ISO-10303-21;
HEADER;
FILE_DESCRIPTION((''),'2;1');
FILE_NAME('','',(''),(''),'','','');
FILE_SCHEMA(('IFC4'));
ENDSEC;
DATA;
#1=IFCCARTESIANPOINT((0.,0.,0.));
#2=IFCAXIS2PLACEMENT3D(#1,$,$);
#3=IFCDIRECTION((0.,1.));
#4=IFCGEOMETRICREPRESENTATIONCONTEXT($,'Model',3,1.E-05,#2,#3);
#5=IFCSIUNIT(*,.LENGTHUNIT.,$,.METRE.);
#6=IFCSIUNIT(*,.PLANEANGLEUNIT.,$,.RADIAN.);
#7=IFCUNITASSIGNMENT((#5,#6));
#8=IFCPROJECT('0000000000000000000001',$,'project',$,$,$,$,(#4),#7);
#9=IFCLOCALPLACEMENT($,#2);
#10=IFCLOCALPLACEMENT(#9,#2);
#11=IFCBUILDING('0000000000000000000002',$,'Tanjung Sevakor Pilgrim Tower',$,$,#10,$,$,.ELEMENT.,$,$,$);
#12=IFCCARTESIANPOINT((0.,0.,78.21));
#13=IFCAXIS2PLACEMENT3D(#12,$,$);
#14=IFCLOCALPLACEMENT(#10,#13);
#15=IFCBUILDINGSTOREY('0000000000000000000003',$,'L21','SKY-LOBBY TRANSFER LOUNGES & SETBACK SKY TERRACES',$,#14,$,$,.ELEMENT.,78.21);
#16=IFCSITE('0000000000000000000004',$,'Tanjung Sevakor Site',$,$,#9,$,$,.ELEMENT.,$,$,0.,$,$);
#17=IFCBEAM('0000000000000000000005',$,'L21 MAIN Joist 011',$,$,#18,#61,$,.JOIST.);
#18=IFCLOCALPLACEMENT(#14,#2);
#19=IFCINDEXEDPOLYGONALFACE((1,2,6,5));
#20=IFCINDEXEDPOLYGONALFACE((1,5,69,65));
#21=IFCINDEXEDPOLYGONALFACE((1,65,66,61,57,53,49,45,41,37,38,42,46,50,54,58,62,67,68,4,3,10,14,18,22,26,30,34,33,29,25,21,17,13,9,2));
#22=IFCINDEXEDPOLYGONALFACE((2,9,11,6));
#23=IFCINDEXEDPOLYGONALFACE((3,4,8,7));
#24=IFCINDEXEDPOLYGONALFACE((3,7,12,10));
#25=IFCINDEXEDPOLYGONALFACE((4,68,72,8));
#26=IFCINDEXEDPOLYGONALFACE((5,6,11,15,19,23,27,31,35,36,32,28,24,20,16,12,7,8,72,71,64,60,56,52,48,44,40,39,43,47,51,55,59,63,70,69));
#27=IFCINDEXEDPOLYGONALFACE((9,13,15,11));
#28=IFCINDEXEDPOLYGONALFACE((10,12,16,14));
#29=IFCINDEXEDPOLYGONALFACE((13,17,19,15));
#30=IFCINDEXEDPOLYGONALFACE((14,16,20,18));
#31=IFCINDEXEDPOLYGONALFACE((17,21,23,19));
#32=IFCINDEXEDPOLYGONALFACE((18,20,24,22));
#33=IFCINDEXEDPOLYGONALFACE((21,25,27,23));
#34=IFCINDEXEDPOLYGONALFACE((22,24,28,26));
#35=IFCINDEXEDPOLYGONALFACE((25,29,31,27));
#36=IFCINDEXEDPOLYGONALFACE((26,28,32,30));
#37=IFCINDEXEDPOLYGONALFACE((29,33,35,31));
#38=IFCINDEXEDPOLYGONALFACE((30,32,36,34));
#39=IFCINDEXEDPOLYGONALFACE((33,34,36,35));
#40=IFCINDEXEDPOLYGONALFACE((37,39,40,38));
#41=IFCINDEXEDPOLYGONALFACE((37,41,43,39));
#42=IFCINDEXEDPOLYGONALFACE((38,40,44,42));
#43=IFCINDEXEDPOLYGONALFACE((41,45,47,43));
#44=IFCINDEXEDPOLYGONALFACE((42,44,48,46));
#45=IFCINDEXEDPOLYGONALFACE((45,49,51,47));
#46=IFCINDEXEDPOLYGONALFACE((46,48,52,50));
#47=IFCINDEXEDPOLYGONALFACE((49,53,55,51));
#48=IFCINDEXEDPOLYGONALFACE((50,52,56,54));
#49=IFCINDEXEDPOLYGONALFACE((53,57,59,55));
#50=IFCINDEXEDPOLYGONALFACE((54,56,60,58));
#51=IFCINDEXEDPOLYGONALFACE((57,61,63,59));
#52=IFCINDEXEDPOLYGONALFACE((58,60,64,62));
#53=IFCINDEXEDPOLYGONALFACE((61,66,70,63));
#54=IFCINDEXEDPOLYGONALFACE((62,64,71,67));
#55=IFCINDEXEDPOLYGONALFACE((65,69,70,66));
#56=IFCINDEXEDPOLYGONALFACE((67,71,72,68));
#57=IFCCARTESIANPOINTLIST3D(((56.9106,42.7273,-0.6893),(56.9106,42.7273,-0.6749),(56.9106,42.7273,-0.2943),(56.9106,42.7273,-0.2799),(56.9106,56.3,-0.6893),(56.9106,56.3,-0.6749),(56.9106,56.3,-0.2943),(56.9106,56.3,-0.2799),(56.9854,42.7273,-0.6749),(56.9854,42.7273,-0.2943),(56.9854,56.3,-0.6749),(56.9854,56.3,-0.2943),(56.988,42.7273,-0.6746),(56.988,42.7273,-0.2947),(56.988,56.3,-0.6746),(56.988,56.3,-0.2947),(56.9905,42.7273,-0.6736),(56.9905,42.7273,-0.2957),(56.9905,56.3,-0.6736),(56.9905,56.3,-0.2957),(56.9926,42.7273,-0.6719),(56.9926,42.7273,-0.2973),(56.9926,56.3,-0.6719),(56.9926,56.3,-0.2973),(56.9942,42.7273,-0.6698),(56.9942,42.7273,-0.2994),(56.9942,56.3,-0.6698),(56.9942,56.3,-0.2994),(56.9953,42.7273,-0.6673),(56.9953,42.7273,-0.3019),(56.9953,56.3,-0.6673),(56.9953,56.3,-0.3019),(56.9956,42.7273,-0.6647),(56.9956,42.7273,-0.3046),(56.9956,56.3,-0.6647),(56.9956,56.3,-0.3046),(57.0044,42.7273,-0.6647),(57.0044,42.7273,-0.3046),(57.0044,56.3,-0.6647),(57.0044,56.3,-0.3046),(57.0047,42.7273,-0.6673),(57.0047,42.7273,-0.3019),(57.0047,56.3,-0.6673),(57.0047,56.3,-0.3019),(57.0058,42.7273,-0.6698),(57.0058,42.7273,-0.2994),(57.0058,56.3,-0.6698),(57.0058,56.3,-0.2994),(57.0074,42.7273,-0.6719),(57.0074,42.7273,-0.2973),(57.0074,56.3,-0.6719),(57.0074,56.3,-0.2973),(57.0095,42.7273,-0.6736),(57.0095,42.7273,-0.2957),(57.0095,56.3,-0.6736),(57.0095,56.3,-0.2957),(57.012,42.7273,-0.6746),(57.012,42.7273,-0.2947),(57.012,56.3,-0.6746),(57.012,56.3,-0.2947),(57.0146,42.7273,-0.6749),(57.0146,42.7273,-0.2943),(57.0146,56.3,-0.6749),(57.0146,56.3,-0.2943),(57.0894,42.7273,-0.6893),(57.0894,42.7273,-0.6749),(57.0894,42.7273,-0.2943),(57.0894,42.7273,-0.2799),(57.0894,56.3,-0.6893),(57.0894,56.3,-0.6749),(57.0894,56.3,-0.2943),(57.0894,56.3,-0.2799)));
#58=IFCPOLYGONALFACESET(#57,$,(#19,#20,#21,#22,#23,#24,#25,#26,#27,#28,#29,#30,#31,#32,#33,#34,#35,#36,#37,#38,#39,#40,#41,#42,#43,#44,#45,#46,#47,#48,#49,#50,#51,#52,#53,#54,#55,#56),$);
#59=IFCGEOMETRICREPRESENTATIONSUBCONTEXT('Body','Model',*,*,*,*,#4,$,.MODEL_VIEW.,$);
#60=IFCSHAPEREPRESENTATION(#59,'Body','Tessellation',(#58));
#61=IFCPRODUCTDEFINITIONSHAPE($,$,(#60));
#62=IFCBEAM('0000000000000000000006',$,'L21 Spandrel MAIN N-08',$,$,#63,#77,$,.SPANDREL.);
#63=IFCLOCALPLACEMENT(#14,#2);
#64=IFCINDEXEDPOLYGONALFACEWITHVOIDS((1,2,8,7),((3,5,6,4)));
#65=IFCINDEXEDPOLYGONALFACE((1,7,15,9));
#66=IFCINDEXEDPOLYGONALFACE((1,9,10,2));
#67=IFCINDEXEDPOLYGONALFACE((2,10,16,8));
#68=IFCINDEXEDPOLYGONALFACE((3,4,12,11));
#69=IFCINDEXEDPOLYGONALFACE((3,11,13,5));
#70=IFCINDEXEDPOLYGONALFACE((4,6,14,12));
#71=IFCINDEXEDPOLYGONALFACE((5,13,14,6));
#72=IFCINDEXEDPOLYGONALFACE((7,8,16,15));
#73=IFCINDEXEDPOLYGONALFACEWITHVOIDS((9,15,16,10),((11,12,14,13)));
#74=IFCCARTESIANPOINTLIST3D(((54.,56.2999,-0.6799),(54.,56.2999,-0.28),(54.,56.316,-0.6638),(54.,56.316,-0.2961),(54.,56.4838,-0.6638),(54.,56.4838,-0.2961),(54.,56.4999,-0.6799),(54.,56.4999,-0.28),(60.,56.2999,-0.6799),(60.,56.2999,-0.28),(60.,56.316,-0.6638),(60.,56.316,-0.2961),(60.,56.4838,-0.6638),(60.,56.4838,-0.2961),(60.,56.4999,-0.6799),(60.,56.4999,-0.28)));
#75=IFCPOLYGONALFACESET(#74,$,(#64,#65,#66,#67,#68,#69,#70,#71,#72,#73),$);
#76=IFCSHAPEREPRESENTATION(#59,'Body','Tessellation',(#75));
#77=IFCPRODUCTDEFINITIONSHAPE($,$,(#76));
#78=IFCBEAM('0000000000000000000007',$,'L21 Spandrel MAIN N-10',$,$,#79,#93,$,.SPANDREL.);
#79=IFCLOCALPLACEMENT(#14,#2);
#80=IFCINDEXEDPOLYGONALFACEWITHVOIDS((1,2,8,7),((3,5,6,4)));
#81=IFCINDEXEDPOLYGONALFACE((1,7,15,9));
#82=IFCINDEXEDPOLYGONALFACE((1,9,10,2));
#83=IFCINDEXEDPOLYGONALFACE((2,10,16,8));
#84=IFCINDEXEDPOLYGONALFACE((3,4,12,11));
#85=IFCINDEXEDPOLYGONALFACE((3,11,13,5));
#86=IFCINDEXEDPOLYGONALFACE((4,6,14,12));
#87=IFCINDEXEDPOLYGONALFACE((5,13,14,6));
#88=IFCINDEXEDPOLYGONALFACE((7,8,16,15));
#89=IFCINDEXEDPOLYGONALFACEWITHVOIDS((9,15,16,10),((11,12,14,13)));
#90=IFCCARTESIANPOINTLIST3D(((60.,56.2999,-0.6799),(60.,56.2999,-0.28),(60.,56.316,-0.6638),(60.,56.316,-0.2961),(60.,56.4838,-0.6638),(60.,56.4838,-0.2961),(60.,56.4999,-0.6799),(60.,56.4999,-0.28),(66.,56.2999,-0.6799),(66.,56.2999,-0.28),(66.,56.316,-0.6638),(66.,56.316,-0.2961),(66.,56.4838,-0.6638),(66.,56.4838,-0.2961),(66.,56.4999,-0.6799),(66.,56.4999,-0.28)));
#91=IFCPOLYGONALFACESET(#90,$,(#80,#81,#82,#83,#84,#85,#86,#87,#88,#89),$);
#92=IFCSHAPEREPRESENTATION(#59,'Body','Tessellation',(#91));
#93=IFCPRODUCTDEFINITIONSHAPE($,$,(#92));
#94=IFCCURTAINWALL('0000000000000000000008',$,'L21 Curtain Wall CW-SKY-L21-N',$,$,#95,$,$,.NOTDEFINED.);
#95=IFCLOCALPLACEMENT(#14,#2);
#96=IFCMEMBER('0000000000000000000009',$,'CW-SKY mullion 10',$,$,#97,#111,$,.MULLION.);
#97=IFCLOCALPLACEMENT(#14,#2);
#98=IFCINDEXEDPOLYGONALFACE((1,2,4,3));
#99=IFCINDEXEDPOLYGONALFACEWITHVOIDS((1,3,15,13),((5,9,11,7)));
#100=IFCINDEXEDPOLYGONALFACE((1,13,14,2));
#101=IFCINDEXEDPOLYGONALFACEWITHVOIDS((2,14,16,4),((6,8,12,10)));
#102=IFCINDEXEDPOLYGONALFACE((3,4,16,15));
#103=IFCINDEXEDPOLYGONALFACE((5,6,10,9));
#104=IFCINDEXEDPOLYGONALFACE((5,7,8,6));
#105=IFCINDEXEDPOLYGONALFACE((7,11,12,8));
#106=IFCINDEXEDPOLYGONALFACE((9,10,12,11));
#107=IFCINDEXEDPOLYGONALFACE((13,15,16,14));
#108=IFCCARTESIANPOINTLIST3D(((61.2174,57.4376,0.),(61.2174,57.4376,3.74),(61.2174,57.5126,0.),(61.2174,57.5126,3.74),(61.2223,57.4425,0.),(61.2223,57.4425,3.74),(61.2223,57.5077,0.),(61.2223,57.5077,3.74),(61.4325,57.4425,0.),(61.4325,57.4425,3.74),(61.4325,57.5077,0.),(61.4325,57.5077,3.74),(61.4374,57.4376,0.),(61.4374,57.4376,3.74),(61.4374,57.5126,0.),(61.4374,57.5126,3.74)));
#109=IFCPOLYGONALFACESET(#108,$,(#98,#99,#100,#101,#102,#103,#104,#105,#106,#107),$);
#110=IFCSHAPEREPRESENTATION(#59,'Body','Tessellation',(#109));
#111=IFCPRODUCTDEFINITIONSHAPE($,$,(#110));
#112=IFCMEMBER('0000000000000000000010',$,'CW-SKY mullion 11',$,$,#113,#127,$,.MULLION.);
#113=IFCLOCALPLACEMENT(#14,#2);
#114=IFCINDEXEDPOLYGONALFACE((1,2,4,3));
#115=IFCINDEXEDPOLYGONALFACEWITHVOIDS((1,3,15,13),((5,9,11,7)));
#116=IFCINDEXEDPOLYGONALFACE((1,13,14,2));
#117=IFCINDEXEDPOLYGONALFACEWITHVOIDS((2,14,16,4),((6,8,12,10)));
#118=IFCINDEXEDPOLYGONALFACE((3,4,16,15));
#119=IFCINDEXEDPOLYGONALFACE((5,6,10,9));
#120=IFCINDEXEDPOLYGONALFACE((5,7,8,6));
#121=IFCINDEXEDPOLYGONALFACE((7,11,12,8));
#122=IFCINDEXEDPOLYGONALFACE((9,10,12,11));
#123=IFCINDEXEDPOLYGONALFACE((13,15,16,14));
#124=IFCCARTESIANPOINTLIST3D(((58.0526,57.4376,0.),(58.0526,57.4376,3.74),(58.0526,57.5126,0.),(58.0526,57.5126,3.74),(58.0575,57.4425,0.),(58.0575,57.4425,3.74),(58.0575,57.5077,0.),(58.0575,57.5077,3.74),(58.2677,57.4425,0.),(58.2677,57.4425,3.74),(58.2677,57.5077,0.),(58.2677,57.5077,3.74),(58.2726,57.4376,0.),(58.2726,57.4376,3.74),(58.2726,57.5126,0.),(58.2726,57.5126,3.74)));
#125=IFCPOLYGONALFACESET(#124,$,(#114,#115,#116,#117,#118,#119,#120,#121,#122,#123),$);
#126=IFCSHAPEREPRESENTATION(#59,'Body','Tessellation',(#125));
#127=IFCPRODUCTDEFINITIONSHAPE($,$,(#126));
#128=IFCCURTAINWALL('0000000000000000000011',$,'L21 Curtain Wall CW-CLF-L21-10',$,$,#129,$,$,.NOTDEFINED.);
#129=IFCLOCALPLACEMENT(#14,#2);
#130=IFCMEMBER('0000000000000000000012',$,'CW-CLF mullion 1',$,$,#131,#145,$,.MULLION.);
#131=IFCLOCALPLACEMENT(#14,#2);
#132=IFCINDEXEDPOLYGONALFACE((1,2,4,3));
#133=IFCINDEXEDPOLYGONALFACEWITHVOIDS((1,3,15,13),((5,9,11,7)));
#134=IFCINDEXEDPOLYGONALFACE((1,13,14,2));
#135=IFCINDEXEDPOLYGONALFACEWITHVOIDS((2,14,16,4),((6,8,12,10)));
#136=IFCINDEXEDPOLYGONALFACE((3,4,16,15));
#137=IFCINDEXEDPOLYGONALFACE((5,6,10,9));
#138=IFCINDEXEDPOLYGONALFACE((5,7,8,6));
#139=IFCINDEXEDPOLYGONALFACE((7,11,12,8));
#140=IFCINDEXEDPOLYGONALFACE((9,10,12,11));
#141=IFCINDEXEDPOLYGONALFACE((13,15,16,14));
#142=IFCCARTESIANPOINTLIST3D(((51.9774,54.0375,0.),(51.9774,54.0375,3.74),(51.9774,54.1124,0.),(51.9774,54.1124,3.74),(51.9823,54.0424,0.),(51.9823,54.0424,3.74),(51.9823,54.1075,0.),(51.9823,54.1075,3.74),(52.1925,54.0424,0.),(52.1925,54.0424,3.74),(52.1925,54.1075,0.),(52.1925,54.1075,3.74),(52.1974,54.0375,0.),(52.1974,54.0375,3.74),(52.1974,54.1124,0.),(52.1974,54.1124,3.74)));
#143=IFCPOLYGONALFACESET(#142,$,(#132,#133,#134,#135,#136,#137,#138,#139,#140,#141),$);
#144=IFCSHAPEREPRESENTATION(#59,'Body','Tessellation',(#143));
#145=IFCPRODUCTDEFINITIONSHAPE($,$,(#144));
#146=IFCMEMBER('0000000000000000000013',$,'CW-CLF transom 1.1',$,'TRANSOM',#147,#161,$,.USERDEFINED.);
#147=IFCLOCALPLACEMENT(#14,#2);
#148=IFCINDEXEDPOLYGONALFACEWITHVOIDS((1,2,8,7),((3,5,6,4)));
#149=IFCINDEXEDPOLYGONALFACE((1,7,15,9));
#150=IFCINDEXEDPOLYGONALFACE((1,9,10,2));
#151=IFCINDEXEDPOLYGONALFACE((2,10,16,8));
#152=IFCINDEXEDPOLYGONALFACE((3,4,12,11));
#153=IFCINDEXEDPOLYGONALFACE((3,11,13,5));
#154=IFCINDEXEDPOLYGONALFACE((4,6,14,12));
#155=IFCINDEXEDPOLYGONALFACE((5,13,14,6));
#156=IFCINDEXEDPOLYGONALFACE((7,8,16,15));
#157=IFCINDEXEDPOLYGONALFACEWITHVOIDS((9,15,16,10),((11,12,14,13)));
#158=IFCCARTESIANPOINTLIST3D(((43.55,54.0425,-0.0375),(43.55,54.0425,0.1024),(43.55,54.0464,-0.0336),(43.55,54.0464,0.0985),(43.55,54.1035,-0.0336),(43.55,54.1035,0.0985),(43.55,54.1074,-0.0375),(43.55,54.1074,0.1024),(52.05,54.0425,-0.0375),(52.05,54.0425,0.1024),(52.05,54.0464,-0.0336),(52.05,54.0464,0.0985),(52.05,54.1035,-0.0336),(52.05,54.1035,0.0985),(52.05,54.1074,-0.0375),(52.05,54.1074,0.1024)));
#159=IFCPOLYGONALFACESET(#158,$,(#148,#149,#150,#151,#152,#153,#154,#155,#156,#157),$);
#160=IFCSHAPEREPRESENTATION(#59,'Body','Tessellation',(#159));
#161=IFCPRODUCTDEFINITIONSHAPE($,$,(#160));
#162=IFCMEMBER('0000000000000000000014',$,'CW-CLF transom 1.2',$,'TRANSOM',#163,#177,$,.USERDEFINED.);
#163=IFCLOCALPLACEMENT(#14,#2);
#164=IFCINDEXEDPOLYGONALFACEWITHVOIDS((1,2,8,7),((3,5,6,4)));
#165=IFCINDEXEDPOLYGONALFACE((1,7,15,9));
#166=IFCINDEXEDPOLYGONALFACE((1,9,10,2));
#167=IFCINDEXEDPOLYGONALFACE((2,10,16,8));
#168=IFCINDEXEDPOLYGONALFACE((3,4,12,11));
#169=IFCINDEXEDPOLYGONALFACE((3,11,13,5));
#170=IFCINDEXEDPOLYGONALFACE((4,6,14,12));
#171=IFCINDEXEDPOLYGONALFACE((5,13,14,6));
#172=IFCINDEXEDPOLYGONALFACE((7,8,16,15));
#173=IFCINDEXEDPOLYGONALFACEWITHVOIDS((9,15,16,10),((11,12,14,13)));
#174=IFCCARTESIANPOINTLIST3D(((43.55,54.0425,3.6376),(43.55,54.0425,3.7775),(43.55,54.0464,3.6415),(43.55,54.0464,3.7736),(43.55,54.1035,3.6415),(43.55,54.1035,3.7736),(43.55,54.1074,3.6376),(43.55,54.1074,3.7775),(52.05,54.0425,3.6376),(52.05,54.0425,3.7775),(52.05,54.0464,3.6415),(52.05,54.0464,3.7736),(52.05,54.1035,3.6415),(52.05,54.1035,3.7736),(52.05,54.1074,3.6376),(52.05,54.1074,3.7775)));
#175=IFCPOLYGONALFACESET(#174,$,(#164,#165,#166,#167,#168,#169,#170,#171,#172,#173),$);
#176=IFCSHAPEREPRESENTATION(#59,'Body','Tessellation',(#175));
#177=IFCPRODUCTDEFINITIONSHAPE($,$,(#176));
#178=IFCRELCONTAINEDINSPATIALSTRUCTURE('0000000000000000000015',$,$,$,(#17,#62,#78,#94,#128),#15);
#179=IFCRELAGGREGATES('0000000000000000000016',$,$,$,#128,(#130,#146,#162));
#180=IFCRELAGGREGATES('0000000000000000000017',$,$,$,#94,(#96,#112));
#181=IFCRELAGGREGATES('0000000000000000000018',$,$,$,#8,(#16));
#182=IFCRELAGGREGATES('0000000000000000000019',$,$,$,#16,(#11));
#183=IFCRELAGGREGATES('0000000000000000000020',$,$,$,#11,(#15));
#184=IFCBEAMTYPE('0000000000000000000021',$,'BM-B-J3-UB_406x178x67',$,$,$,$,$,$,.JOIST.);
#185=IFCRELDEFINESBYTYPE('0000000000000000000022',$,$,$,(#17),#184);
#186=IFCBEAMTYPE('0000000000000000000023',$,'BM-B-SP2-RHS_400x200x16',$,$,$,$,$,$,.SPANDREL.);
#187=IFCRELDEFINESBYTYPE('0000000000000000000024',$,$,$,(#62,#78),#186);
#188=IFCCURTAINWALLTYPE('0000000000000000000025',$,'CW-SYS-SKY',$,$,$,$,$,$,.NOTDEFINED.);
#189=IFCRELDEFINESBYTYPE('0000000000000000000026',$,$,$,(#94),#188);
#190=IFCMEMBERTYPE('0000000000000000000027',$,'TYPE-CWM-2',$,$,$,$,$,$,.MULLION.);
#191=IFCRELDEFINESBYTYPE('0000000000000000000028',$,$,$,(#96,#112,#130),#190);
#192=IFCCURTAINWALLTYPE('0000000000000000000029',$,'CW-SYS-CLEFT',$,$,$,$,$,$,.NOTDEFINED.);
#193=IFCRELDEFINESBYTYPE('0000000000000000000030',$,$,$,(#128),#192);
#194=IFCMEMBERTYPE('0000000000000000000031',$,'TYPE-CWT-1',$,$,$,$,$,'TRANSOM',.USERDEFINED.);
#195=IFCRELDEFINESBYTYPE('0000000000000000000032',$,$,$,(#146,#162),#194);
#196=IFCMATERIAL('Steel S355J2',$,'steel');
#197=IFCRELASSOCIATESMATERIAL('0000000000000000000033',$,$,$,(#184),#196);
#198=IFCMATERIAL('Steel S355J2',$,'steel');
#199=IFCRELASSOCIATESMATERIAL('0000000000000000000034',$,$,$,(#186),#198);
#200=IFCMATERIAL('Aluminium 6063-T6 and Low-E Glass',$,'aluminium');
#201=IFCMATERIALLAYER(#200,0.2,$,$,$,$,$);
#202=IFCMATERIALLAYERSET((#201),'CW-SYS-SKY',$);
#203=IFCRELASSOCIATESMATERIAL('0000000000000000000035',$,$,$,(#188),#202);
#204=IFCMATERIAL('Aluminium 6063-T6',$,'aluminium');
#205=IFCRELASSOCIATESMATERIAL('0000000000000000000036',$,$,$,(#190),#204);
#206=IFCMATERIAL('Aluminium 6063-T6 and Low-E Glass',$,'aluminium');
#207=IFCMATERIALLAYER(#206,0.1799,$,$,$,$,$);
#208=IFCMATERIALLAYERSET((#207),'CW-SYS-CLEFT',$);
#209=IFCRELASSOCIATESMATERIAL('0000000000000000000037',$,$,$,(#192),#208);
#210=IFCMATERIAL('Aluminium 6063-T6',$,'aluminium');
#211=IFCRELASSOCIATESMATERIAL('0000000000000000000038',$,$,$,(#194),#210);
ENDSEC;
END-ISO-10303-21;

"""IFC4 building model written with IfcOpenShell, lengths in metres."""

from ifc_helpers import new_model, si_unit, direction, frame, origin, origin_2d, place, context, subcontext, project, spatial, hollow_rectangle, i_section, extrude, material, layer, layer_set, material_profile, profile_set, type_object, element, aggregate, save


model = new_model("IFC4")

# Units and contexts
model_context = context("Model", 3, precision=1e-05, world=origin(), true_north=direction((0.0, 1.0)))
body_context = subcontext(model_context, "Body", "Model", "MODEL_VIEW")
ifc_project = project(units=[si_unit("LENGTHUNIT", "METRE"), si_unit("PLANEANGLEUNIT", "RADIAN")], contexts=[model_context])

# Site, building, storey
site_placement = place(None, origin())
site = spatial("IfcSite", under=ifc_project, at=site_placement, Name="Tanjung Sevakor Site", CompositionType="ELEMENT", RefElevation=0.0)
building_placement = place(site_placement, origin())
building = spatial("IfcBuilding", under=site, at=building_placement, Name="Tanjung Sevakor Pilgrim Tower", CompositionType="ELEMENT")
storey_placement = place(building_placement, frame((0.0, 0.0, 78.21)))
storey = spatial("IfcBuildingStorey", under=building, at=storey_placement, Name="L21", Description="SKY-LOBBY TRANSFER LOUNGES & SETBACK SKY TERRACES", CompositionType="ELEMENT", Elevation=78.21)

# Beams
ifc_material_1 = material(Name="Steel S355J2", Category="steel")
ifc_material_profile_1 = material_profile(ifc_material_1, i_section(OverallWidth=0.1787, OverallDepth=0.4094, WebThickness=0.0088, FlangeThickness=0.0144, FilletRadius=0.0103, at=origin_2d()))
ifc_profile_set_1 = profile_set([ifc_material_profile_1], Name="Steel S355J2")
beam_type_1 = type_object("IfcBeamType", Name="BM-B-J3-UB_406x178x67", PredefinedType="JOIST", material=ifc_profile_set_1)
beam_placement = place(storey_placement, frame((57.0, 42.7273, -0.4846), z_axis=(0.0, 1.0, 0.0), x_axis=(-1.0, 0.0, 0.0)))
element("IfcBeam", 1, at=beam_placement, inside=storey, type_object=beam_type_1, Name="L21 MAIN Joist 011", PredefinedType="JOIST", context=body_context, shape_type="SweptSolid", body=[
    extrude(i_section(OverallWidth=0.1787, OverallDepth=0.4094, WebThickness=0.0088, FlangeThickness=0.0144, FilletRadius=0.0103, at=origin_2d()), origin(), (0.0, 0.0, 1.0), 13.5728),
])
ifc_material_2 = material(Name="Steel S355J2", Category="steel")
ifc_material_profile_2 = material_profile(ifc_material_2, hollow_rectangle(XDim=0.2, YDim=0.3999, WallThickness=0.0161, at=origin_2d()))
ifc_profile_set_2 = profile_set([ifc_material_profile_2], Name="Steel S355J2")
beam_type_2 = type_object("IfcBeamType", Name="BM-B-SP2-RHS_400x200x16", PredefinedType="SPANDREL", material=ifc_profile_set_2)
for number, where, z_axis, x_axis, name in (
    (2, (54.0, 56.3999, -0.48), (1.0, 0.0, 0.0), (0.0, 1.0, 0.0), "L21 Spandrel MAIN N-08"),
    (3, (60.0, 56.3999, -0.48), (1.0, 0.0, 0.0), (0.0, 1.0, 0.0), "L21 Spandrel MAIN N-10"),
):
    element("IfcBeam", number, at=place(storey_placement, frame(where, z_axis=z_axis, x_axis=x_axis)), inside=storey, type_object=beam_type_2, Name=name, PredefinedType="SPANDREL", context=body_context, shape_type="SweptSolid", body=[
        extrude(hollow_rectangle(XDim=0.2, YDim=0.3999, WallThickness=0.0161, at=origin_2d()), origin(), (0.0, 0.0, 1.0), 6.0),
    ])

# Curtain walls, members
ifc_material_3 = material(Name="Aluminium 6063-T6 and Low-E Glass", Category="aluminium")
ifc_layer_1 = layer(ifc_material_3, 0.2)
ifc_layer_set_1 = layer_set([ifc_layer_1], Name="CW-SYS-SKY")
curtain_wall_type_1 = type_object("IfcCurtainWallType", Name="CW-SYS-SKY", PredefinedType="NOTDEFINED", material=ifc_layer_set_1)
curtain_wall_1_placement = place(storey_placement, origin())
curtain_wall_1 = element("IfcCurtainWall", 4, at=curtain_wall_1_placement, inside=storey, type_object=curtain_wall_type_1, Name="L21 Curtain Wall CW-SKY-L21-N", PredefinedType="NOTDEFINED")
ifc_material_4 = material(Name="Aluminium 6063-T6", Category="aluminium")
ifc_material_profile_3 = material_profile(ifc_material_4, hollow_rectangle(XDim=0.075, YDim=0.22, WallThickness=0.0049, at=origin_2d()))
ifc_profile_set_3 = profile_set([ifc_material_profile_3], Name="Aluminium 6063-T6")
member_type_1 = type_object("IfcMemberType", Name="TYPE-CWM-2", PredefinedType="MULLION", material=ifc_profile_set_3)
member_1_placement = place(storey_placement, frame((61.3274, 57.4751, 0.0), z_axis=(0.0, 0.0, 1.0), x_axis=(0.0, -1.0, 0.0)))
member_1 = element("IfcMember", 5, at=member_1_placement, type_object=member_type_1, Name="CW-SKY mullion 10", PredefinedType="MULLION", context=body_context, shape_type="SweptSolid", body=[
    extrude(hollow_rectangle(XDim=0.075, YDim=0.22, WallThickness=0.0049, at=origin_2d()), origin(), (0.0, 0.0, 1.0), 3.74),
])
member_2_placement = place(storey_placement, frame((58.1626, 57.4751, 0.0), z_axis=(0.0, 0.0, 1.0), x_axis=(0.0, -1.0, 0.0)))
member_2 = element("IfcMember", 6, at=member_2_placement, type_object=member_type_1, Name="CW-SKY mullion 11", PredefinedType="MULLION", context=body_context, shape_type="SweptSolid", body=[
    extrude(hollow_rectangle(XDim=0.075, YDim=0.22, WallThickness=0.0049, at=origin_2d()), origin(), (0.0, 0.0, 1.0), 3.74),
])
ifc_material_5 = material(Name="Aluminium 6063-T6 and Low-E Glass", Category="aluminium")
ifc_layer_2 = layer(ifc_material_5, 0.1799)
ifc_layer_set_2 = layer_set([ifc_layer_2], Name="CW-SYS-CLEFT")
curtain_wall_type_2 = type_object("IfcCurtainWallType", Name="CW-SYS-CLEFT", PredefinedType="NOTDEFINED", material=ifc_layer_set_2)
curtain_wall_2_placement = place(storey_placement, origin())
curtain_wall_2 = element("IfcCurtainWall", 7, at=curtain_wall_2_placement, inside=storey, type_object=curtain_wall_type_2, Name="L21 Curtain Wall CW-CLF-L21-10", PredefinedType="NOTDEFINED")
member_3_placement = place(storey_placement, frame((52.0874, 54.075, 0.0), z_axis=(0.0, 0.0, 1.0), x_axis=(0.0, -1.0, 0.0)))
member_3 = element("IfcMember", 8, at=member_3_placement, type_object=member_type_1, Name="CW-CLF mullion 1", PredefinedType="MULLION", context=body_context, shape_type="SweptSolid", body=[
    extrude(hollow_rectangle(XDim=0.075, YDim=0.22, WallThickness=0.0049, at=origin_2d()), origin(), (0.0, 0.0, 1.0), 3.74),
])
ifc_material_6 = material(Name="Aluminium 6063-T6", Category="aluminium")
ifc_material_profile_4 = material_profile(ifc_material_6, hollow_rectangle(XDim=0.0649, YDim=0.1399, WallThickness=0.0039, at=origin_2d()))
ifc_profile_set_4 = profile_set([ifc_material_profile_4], Name="Aluminium 6063-T6")
member_type_2 = type_object("IfcMemberType", Name="TYPE-CWT-1", ElementType="TRANSOM", PredefinedType="USERDEFINED", material=ifc_profile_set_4)
member_4_placement = place(storey_placement, frame((52.05, 54.075, 0.0325), z_axis=(-1.0, 0.0, 0.0), x_axis=(0.0, -1.0, 0.0)))
member_4 = element("IfcMember", 9, at=member_4_placement, type_object=member_type_2, Name="CW-CLF transom 1.1", ObjectType="TRANSOM", PredefinedType="USERDEFINED", context=body_context, shape_type="SweptSolid", body=[
    extrude(hollow_rectangle(XDim=0.0649, YDim=0.1399, WallThickness=0.0039, at=origin_2d()), origin(), (0.0, 0.0, 1.0), 8.5),
])
member_5_placement = place(storey_placement, frame((52.05, 54.075, 3.7075), z_axis=(-1.0, 0.0, 0.0), x_axis=(0.0, -1.0, 0.0)))
member_5 = element("IfcMember", 10, at=member_5_placement, type_object=member_type_2, Name="CW-CLF transom 1.2", ObjectType="TRANSOM", PredefinedType="USERDEFINED", context=body_context, shape_type="SweptSolid", body=[
    extrude(hollow_rectangle(XDim=0.0649, YDim=0.1399, WallThickness=0.0039, at=origin_2d()), origin(), (0.0, 0.0, 1.0), 8.5),
])
aggregate(curtain_wall_2, [member_3, member_4, member_5])

aggregate(curtain_wall_1, [member_1, member_2])

save(model, "model.ifc")
